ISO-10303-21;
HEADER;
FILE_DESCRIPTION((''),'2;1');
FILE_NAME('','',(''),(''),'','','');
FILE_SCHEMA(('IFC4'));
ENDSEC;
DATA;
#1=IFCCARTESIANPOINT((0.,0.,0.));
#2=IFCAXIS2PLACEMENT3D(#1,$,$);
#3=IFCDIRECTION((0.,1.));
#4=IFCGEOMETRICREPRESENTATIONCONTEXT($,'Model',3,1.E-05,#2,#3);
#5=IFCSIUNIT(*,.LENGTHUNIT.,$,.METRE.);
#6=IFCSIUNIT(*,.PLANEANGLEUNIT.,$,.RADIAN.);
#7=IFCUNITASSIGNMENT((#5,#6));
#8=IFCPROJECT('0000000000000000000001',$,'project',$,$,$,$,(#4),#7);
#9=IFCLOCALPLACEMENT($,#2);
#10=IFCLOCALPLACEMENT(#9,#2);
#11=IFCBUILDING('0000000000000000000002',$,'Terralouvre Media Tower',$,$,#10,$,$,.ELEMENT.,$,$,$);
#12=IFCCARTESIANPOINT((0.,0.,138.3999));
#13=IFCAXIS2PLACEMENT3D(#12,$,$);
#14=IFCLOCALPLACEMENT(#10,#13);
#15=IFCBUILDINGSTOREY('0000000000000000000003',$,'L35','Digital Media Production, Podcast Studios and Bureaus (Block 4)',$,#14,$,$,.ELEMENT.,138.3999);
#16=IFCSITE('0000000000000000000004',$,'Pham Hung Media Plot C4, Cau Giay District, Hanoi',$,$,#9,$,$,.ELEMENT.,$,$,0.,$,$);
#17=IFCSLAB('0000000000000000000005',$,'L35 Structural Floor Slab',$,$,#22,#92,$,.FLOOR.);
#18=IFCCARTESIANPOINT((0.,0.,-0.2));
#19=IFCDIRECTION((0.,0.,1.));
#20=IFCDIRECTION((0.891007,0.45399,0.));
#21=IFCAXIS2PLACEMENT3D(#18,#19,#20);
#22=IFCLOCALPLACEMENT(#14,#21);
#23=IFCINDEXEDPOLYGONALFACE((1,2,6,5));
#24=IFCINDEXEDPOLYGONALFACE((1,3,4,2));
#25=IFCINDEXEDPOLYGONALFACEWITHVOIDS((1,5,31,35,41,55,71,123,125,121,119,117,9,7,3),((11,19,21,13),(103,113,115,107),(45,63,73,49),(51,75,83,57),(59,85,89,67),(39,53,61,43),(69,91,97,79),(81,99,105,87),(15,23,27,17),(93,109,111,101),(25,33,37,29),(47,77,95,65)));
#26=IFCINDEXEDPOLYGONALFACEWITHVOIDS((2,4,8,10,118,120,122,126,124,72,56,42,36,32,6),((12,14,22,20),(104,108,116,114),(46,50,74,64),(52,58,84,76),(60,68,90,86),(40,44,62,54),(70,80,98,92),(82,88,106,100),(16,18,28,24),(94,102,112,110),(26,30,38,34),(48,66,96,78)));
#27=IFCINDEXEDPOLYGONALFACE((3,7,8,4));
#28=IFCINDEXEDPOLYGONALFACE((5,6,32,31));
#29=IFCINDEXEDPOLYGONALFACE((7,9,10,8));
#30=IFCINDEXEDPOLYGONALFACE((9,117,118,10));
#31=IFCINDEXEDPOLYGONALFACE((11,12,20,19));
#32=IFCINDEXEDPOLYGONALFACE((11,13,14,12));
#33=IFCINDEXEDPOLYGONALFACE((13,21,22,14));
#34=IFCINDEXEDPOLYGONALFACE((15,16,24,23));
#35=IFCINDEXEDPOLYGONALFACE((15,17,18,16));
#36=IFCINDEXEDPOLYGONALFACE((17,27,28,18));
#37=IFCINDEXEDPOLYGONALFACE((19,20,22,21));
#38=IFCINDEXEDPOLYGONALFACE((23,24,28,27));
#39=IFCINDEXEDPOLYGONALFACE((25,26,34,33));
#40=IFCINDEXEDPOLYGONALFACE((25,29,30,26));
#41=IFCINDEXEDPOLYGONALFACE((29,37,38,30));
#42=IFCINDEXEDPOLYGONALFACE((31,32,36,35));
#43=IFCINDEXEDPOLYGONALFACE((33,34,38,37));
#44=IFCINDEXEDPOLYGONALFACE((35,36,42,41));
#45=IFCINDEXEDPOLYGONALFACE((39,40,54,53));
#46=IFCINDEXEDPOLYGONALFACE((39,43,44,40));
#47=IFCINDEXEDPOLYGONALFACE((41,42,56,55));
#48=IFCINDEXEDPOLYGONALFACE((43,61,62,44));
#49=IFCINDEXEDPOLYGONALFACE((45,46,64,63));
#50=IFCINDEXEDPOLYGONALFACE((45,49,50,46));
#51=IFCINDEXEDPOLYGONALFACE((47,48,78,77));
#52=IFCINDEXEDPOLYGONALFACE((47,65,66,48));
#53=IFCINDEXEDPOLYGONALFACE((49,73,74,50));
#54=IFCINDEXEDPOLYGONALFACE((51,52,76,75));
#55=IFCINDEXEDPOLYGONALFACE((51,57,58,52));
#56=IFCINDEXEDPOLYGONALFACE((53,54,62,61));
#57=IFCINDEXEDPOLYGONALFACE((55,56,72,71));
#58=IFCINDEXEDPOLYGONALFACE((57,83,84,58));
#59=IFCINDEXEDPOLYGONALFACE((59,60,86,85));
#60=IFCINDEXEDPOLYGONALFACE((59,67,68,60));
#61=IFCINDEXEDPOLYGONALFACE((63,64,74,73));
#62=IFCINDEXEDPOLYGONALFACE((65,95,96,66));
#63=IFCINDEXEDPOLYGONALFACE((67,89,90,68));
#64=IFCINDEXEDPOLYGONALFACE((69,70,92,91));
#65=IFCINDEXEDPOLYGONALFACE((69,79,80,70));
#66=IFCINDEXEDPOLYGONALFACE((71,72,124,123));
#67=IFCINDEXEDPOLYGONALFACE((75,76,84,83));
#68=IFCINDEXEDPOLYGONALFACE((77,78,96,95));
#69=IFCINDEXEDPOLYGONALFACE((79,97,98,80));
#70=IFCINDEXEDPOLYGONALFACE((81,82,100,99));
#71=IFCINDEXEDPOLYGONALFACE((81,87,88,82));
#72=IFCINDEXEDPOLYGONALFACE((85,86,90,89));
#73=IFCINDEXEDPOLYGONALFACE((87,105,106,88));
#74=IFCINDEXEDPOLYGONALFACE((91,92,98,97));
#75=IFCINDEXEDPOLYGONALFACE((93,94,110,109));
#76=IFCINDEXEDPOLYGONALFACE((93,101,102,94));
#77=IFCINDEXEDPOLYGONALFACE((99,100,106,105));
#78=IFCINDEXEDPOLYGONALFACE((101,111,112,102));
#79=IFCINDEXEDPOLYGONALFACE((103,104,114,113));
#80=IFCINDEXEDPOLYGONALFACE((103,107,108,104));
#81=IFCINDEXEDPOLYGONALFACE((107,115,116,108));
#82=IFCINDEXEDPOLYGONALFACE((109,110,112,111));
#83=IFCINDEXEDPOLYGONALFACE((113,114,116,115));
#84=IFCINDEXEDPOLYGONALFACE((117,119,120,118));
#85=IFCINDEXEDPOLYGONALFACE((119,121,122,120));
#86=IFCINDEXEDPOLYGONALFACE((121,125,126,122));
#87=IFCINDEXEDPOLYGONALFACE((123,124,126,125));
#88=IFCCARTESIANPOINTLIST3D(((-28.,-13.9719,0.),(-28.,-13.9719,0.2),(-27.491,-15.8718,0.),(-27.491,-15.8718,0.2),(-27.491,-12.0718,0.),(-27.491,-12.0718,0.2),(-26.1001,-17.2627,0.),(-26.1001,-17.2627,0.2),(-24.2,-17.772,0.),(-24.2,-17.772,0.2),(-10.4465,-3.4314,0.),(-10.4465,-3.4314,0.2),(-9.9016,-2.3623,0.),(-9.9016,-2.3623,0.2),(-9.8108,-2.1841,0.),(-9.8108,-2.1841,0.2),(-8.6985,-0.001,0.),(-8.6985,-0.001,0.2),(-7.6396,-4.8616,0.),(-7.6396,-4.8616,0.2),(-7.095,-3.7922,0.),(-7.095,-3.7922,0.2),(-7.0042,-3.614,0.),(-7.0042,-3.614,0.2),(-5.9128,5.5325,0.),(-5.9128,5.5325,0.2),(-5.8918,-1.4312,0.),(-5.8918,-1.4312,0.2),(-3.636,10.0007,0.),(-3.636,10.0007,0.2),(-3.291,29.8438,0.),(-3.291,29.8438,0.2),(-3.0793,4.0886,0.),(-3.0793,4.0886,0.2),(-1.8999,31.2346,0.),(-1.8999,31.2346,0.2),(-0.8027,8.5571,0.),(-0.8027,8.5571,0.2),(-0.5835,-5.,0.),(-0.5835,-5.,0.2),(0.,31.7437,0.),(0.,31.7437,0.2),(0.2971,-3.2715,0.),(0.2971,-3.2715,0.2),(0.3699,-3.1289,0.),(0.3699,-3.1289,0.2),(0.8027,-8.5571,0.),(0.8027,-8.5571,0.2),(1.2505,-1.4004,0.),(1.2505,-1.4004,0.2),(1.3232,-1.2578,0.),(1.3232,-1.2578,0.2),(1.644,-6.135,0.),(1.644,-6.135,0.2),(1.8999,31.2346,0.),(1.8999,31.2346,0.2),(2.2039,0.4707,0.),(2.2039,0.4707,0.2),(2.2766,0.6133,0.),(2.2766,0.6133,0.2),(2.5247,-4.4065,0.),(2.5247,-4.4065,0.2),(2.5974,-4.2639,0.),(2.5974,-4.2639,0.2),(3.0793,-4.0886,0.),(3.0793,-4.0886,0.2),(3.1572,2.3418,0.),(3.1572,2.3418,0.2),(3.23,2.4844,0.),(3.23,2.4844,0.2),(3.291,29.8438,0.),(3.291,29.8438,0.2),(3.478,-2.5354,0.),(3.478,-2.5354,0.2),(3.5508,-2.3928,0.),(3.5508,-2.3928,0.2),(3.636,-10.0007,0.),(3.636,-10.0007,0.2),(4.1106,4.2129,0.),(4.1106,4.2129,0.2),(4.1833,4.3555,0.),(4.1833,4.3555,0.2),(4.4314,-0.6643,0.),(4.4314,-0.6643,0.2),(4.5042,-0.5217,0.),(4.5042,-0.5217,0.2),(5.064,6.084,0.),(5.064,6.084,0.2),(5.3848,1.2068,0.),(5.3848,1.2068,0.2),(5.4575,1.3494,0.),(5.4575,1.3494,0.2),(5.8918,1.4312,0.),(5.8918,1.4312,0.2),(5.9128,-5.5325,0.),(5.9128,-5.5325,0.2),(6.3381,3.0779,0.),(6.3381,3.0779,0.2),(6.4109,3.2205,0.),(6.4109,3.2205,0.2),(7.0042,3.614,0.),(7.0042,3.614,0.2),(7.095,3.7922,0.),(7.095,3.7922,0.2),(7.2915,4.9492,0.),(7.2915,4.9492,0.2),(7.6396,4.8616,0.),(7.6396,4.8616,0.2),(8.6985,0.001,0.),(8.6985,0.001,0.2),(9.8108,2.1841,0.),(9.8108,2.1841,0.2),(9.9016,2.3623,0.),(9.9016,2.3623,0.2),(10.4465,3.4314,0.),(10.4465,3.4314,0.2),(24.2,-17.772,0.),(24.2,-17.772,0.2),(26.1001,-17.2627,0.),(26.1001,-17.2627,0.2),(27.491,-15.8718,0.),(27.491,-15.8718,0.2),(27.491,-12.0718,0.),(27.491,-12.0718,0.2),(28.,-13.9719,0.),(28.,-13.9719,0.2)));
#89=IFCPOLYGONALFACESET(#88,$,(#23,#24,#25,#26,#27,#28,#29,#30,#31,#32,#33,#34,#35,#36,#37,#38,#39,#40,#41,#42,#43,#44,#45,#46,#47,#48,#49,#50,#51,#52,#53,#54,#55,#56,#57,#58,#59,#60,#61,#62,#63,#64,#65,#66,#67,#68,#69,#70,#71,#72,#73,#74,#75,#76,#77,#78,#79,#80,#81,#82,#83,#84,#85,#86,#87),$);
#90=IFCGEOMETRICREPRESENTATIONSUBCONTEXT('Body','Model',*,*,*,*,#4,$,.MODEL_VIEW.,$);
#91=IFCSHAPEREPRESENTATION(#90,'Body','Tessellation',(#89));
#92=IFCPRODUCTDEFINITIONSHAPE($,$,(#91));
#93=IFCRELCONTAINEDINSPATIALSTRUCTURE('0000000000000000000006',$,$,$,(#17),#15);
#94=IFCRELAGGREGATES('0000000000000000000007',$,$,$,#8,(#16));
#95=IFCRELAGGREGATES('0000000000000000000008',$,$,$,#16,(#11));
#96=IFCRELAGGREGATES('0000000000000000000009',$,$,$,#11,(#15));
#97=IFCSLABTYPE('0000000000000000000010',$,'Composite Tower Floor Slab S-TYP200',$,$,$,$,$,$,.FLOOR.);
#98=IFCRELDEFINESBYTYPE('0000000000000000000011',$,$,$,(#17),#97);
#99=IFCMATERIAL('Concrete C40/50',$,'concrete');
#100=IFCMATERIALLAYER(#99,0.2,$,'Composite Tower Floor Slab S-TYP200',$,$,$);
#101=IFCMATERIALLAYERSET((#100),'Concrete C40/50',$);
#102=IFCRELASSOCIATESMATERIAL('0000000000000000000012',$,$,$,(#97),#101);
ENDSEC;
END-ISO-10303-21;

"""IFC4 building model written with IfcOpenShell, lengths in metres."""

from ifc_helpers import new_model, si_unit, direction, frame, origin, place, context, subcontext, project, spatial, polyline, outline, extrude, material, layer, layer_set, type_object, element, save


model = new_model("IFC4")

# Units and contexts
model_context = context("Model", 3, precision=1e-05, world=origin(), true_north=direction((0.0, 1.0)))
body_context = subcontext(model_context, "Body", "Model", "MODEL_VIEW")
ifc_project = project(units=[si_unit("LENGTHUNIT", "METRE"), si_unit("PLANEANGLEUNIT", "RADIAN")], contexts=[model_context])

# Site, building, storey
site_placement = place(None, origin())
site = spatial("IfcSite", under=ifc_project, at=site_placement, Name="Pham Hung Media Plot C4, Cau Giay District, Hanoi", CompositionType="ELEMENT", RefElevation=0.0)
building_placement = place(site_placement, origin())
building = spatial("IfcBuilding", under=site, at=building_placement, Name="Terralouvre Media Tower", CompositionType="ELEMENT")
storey_placement = place(building_placement, frame((0.0, 0.0, 138.3999)))
storey = spatial("IfcBuildingStorey", under=building, at=storey_placement, Name="L35", Description="Digital Media Production, Podcast Studios and Bureaus (Block 4)", CompositionType="ELEMENT", Elevation=138.3999)

# Slab
ifc_material_1 = material(Name="Concrete C40/50", Category="concrete")
ifc_layer_1 = layer(ifc_material_1, 0.2, Name="Composite Tower Floor Slab S-TYP200")
ifc_layer_set_1 = layer_set([ifc_layer_1], Name="Concrete C40/50")
slab_type = type_object("IfcSlabType", Name="Composite Tower Floor Slab S-TYP200", PredefinedType="FLOOR", material=ifc_layer_set_1)
slab_placement = place(storey_placement, frame((0.0, 0.0, -0.2), z_axis=(0.0, 0.0, 1.0), x_axis=(0.891007, 0.45399, 0.0)))
element("IfcSlab", 1, at=slab_placement, inside=storey, type_object=slab_type, Name="L35 Structural Floor Slab", PredefinedType="FLOOR", context=body_context, shape_type="SweptSolid", body=[
    extrude(outline(polyline([(-27.491, -12.0718), (-28.0, -13.9719), (-27.491, -15.8718), (-26.1001, -17.2627), (-24.2, -17.772), (24.2, -17.772), (26.1001, -17.2627), (27.491, -15.8718), (28.0, -13.9719), (27.491, -12.0718), (3.291, 29.8438), (1.8999, 31.2346), (0.0, 31.7437), (-1.8999, 31.2346), (-3.291, 29.8438), (-27.491, -12.0718)]), holes=[polyline([(-7.095, -3.7922), (-7.6396, -4.8616), (-10.4465, -3.4314), (-9.9016, -2.3623), (-7.095, -3.7922)]), polyline([(-7.0042, -3.614), (-9.8108, -2.1841), (-8.6985, -0.001), (-5.8918, -1.4312), (-7.0042, -3.614)]), polyline([(4.5042, -0.5217), (2.2766, 0.6133), (3.1572, 2.3418), (5.3848, 1.2068), (4.5042, -0.5217)]), polyline([(6.3381, 3.0779), (5.4575, 1.3494), (3.23, 2.4844), (4.1106, 4.2129), (6.3381, 3.0779)]), polyline([(-3.0793, 4.0886), (-5.9128, 5.5325), (-3.636, 10.0007), (-0.8027, 8.5571), (-3.0793, 4.0886)]), polyline([(6.4109, 3.2205), (4.1833, 4.3555), (5.064, 6.084), (7.2915, 4.9492), (6.4109, 3.2205)]), polyline([(0.8027, -8.5571), (3.0793, -4.0886), (5.9128, -5.5325), (3.636, -10.0007), (0.8027, -8.5571)]), polyline([(1.644, -6.135), (-0.5835, -5.0), (0.2971, -3.2715), (2.5247, -4.4065), (1.644, -6.135)]), polyline([(2.5974, -4.2639), (0.3699, -3.1289), (1.2505, -1.4004), (3.478, -2.5354), (2.5974, -4.2639)]), polyline([(4.4314, -0.6643), (3.5508, -2.3928), (1.3232, -1.2578), (2.2039, 0.4707), (4.4314, -0.6643)]), polyline([(8.6985, 0.001), (5.8918, 1.4312), (7.0042, 3.614), (9.8108, 2.1841), (8.6985, 0.001)]), polyline([(9.9016, 2.3623), (7.095, 3.7922), (7.6396, 4.8616), (10.4465, 3.4314), (9.9016, 2.3623)])]), origin(), (0.0, 0.0, 1.0), 0.2),
])

save(model, "model.ifc")
